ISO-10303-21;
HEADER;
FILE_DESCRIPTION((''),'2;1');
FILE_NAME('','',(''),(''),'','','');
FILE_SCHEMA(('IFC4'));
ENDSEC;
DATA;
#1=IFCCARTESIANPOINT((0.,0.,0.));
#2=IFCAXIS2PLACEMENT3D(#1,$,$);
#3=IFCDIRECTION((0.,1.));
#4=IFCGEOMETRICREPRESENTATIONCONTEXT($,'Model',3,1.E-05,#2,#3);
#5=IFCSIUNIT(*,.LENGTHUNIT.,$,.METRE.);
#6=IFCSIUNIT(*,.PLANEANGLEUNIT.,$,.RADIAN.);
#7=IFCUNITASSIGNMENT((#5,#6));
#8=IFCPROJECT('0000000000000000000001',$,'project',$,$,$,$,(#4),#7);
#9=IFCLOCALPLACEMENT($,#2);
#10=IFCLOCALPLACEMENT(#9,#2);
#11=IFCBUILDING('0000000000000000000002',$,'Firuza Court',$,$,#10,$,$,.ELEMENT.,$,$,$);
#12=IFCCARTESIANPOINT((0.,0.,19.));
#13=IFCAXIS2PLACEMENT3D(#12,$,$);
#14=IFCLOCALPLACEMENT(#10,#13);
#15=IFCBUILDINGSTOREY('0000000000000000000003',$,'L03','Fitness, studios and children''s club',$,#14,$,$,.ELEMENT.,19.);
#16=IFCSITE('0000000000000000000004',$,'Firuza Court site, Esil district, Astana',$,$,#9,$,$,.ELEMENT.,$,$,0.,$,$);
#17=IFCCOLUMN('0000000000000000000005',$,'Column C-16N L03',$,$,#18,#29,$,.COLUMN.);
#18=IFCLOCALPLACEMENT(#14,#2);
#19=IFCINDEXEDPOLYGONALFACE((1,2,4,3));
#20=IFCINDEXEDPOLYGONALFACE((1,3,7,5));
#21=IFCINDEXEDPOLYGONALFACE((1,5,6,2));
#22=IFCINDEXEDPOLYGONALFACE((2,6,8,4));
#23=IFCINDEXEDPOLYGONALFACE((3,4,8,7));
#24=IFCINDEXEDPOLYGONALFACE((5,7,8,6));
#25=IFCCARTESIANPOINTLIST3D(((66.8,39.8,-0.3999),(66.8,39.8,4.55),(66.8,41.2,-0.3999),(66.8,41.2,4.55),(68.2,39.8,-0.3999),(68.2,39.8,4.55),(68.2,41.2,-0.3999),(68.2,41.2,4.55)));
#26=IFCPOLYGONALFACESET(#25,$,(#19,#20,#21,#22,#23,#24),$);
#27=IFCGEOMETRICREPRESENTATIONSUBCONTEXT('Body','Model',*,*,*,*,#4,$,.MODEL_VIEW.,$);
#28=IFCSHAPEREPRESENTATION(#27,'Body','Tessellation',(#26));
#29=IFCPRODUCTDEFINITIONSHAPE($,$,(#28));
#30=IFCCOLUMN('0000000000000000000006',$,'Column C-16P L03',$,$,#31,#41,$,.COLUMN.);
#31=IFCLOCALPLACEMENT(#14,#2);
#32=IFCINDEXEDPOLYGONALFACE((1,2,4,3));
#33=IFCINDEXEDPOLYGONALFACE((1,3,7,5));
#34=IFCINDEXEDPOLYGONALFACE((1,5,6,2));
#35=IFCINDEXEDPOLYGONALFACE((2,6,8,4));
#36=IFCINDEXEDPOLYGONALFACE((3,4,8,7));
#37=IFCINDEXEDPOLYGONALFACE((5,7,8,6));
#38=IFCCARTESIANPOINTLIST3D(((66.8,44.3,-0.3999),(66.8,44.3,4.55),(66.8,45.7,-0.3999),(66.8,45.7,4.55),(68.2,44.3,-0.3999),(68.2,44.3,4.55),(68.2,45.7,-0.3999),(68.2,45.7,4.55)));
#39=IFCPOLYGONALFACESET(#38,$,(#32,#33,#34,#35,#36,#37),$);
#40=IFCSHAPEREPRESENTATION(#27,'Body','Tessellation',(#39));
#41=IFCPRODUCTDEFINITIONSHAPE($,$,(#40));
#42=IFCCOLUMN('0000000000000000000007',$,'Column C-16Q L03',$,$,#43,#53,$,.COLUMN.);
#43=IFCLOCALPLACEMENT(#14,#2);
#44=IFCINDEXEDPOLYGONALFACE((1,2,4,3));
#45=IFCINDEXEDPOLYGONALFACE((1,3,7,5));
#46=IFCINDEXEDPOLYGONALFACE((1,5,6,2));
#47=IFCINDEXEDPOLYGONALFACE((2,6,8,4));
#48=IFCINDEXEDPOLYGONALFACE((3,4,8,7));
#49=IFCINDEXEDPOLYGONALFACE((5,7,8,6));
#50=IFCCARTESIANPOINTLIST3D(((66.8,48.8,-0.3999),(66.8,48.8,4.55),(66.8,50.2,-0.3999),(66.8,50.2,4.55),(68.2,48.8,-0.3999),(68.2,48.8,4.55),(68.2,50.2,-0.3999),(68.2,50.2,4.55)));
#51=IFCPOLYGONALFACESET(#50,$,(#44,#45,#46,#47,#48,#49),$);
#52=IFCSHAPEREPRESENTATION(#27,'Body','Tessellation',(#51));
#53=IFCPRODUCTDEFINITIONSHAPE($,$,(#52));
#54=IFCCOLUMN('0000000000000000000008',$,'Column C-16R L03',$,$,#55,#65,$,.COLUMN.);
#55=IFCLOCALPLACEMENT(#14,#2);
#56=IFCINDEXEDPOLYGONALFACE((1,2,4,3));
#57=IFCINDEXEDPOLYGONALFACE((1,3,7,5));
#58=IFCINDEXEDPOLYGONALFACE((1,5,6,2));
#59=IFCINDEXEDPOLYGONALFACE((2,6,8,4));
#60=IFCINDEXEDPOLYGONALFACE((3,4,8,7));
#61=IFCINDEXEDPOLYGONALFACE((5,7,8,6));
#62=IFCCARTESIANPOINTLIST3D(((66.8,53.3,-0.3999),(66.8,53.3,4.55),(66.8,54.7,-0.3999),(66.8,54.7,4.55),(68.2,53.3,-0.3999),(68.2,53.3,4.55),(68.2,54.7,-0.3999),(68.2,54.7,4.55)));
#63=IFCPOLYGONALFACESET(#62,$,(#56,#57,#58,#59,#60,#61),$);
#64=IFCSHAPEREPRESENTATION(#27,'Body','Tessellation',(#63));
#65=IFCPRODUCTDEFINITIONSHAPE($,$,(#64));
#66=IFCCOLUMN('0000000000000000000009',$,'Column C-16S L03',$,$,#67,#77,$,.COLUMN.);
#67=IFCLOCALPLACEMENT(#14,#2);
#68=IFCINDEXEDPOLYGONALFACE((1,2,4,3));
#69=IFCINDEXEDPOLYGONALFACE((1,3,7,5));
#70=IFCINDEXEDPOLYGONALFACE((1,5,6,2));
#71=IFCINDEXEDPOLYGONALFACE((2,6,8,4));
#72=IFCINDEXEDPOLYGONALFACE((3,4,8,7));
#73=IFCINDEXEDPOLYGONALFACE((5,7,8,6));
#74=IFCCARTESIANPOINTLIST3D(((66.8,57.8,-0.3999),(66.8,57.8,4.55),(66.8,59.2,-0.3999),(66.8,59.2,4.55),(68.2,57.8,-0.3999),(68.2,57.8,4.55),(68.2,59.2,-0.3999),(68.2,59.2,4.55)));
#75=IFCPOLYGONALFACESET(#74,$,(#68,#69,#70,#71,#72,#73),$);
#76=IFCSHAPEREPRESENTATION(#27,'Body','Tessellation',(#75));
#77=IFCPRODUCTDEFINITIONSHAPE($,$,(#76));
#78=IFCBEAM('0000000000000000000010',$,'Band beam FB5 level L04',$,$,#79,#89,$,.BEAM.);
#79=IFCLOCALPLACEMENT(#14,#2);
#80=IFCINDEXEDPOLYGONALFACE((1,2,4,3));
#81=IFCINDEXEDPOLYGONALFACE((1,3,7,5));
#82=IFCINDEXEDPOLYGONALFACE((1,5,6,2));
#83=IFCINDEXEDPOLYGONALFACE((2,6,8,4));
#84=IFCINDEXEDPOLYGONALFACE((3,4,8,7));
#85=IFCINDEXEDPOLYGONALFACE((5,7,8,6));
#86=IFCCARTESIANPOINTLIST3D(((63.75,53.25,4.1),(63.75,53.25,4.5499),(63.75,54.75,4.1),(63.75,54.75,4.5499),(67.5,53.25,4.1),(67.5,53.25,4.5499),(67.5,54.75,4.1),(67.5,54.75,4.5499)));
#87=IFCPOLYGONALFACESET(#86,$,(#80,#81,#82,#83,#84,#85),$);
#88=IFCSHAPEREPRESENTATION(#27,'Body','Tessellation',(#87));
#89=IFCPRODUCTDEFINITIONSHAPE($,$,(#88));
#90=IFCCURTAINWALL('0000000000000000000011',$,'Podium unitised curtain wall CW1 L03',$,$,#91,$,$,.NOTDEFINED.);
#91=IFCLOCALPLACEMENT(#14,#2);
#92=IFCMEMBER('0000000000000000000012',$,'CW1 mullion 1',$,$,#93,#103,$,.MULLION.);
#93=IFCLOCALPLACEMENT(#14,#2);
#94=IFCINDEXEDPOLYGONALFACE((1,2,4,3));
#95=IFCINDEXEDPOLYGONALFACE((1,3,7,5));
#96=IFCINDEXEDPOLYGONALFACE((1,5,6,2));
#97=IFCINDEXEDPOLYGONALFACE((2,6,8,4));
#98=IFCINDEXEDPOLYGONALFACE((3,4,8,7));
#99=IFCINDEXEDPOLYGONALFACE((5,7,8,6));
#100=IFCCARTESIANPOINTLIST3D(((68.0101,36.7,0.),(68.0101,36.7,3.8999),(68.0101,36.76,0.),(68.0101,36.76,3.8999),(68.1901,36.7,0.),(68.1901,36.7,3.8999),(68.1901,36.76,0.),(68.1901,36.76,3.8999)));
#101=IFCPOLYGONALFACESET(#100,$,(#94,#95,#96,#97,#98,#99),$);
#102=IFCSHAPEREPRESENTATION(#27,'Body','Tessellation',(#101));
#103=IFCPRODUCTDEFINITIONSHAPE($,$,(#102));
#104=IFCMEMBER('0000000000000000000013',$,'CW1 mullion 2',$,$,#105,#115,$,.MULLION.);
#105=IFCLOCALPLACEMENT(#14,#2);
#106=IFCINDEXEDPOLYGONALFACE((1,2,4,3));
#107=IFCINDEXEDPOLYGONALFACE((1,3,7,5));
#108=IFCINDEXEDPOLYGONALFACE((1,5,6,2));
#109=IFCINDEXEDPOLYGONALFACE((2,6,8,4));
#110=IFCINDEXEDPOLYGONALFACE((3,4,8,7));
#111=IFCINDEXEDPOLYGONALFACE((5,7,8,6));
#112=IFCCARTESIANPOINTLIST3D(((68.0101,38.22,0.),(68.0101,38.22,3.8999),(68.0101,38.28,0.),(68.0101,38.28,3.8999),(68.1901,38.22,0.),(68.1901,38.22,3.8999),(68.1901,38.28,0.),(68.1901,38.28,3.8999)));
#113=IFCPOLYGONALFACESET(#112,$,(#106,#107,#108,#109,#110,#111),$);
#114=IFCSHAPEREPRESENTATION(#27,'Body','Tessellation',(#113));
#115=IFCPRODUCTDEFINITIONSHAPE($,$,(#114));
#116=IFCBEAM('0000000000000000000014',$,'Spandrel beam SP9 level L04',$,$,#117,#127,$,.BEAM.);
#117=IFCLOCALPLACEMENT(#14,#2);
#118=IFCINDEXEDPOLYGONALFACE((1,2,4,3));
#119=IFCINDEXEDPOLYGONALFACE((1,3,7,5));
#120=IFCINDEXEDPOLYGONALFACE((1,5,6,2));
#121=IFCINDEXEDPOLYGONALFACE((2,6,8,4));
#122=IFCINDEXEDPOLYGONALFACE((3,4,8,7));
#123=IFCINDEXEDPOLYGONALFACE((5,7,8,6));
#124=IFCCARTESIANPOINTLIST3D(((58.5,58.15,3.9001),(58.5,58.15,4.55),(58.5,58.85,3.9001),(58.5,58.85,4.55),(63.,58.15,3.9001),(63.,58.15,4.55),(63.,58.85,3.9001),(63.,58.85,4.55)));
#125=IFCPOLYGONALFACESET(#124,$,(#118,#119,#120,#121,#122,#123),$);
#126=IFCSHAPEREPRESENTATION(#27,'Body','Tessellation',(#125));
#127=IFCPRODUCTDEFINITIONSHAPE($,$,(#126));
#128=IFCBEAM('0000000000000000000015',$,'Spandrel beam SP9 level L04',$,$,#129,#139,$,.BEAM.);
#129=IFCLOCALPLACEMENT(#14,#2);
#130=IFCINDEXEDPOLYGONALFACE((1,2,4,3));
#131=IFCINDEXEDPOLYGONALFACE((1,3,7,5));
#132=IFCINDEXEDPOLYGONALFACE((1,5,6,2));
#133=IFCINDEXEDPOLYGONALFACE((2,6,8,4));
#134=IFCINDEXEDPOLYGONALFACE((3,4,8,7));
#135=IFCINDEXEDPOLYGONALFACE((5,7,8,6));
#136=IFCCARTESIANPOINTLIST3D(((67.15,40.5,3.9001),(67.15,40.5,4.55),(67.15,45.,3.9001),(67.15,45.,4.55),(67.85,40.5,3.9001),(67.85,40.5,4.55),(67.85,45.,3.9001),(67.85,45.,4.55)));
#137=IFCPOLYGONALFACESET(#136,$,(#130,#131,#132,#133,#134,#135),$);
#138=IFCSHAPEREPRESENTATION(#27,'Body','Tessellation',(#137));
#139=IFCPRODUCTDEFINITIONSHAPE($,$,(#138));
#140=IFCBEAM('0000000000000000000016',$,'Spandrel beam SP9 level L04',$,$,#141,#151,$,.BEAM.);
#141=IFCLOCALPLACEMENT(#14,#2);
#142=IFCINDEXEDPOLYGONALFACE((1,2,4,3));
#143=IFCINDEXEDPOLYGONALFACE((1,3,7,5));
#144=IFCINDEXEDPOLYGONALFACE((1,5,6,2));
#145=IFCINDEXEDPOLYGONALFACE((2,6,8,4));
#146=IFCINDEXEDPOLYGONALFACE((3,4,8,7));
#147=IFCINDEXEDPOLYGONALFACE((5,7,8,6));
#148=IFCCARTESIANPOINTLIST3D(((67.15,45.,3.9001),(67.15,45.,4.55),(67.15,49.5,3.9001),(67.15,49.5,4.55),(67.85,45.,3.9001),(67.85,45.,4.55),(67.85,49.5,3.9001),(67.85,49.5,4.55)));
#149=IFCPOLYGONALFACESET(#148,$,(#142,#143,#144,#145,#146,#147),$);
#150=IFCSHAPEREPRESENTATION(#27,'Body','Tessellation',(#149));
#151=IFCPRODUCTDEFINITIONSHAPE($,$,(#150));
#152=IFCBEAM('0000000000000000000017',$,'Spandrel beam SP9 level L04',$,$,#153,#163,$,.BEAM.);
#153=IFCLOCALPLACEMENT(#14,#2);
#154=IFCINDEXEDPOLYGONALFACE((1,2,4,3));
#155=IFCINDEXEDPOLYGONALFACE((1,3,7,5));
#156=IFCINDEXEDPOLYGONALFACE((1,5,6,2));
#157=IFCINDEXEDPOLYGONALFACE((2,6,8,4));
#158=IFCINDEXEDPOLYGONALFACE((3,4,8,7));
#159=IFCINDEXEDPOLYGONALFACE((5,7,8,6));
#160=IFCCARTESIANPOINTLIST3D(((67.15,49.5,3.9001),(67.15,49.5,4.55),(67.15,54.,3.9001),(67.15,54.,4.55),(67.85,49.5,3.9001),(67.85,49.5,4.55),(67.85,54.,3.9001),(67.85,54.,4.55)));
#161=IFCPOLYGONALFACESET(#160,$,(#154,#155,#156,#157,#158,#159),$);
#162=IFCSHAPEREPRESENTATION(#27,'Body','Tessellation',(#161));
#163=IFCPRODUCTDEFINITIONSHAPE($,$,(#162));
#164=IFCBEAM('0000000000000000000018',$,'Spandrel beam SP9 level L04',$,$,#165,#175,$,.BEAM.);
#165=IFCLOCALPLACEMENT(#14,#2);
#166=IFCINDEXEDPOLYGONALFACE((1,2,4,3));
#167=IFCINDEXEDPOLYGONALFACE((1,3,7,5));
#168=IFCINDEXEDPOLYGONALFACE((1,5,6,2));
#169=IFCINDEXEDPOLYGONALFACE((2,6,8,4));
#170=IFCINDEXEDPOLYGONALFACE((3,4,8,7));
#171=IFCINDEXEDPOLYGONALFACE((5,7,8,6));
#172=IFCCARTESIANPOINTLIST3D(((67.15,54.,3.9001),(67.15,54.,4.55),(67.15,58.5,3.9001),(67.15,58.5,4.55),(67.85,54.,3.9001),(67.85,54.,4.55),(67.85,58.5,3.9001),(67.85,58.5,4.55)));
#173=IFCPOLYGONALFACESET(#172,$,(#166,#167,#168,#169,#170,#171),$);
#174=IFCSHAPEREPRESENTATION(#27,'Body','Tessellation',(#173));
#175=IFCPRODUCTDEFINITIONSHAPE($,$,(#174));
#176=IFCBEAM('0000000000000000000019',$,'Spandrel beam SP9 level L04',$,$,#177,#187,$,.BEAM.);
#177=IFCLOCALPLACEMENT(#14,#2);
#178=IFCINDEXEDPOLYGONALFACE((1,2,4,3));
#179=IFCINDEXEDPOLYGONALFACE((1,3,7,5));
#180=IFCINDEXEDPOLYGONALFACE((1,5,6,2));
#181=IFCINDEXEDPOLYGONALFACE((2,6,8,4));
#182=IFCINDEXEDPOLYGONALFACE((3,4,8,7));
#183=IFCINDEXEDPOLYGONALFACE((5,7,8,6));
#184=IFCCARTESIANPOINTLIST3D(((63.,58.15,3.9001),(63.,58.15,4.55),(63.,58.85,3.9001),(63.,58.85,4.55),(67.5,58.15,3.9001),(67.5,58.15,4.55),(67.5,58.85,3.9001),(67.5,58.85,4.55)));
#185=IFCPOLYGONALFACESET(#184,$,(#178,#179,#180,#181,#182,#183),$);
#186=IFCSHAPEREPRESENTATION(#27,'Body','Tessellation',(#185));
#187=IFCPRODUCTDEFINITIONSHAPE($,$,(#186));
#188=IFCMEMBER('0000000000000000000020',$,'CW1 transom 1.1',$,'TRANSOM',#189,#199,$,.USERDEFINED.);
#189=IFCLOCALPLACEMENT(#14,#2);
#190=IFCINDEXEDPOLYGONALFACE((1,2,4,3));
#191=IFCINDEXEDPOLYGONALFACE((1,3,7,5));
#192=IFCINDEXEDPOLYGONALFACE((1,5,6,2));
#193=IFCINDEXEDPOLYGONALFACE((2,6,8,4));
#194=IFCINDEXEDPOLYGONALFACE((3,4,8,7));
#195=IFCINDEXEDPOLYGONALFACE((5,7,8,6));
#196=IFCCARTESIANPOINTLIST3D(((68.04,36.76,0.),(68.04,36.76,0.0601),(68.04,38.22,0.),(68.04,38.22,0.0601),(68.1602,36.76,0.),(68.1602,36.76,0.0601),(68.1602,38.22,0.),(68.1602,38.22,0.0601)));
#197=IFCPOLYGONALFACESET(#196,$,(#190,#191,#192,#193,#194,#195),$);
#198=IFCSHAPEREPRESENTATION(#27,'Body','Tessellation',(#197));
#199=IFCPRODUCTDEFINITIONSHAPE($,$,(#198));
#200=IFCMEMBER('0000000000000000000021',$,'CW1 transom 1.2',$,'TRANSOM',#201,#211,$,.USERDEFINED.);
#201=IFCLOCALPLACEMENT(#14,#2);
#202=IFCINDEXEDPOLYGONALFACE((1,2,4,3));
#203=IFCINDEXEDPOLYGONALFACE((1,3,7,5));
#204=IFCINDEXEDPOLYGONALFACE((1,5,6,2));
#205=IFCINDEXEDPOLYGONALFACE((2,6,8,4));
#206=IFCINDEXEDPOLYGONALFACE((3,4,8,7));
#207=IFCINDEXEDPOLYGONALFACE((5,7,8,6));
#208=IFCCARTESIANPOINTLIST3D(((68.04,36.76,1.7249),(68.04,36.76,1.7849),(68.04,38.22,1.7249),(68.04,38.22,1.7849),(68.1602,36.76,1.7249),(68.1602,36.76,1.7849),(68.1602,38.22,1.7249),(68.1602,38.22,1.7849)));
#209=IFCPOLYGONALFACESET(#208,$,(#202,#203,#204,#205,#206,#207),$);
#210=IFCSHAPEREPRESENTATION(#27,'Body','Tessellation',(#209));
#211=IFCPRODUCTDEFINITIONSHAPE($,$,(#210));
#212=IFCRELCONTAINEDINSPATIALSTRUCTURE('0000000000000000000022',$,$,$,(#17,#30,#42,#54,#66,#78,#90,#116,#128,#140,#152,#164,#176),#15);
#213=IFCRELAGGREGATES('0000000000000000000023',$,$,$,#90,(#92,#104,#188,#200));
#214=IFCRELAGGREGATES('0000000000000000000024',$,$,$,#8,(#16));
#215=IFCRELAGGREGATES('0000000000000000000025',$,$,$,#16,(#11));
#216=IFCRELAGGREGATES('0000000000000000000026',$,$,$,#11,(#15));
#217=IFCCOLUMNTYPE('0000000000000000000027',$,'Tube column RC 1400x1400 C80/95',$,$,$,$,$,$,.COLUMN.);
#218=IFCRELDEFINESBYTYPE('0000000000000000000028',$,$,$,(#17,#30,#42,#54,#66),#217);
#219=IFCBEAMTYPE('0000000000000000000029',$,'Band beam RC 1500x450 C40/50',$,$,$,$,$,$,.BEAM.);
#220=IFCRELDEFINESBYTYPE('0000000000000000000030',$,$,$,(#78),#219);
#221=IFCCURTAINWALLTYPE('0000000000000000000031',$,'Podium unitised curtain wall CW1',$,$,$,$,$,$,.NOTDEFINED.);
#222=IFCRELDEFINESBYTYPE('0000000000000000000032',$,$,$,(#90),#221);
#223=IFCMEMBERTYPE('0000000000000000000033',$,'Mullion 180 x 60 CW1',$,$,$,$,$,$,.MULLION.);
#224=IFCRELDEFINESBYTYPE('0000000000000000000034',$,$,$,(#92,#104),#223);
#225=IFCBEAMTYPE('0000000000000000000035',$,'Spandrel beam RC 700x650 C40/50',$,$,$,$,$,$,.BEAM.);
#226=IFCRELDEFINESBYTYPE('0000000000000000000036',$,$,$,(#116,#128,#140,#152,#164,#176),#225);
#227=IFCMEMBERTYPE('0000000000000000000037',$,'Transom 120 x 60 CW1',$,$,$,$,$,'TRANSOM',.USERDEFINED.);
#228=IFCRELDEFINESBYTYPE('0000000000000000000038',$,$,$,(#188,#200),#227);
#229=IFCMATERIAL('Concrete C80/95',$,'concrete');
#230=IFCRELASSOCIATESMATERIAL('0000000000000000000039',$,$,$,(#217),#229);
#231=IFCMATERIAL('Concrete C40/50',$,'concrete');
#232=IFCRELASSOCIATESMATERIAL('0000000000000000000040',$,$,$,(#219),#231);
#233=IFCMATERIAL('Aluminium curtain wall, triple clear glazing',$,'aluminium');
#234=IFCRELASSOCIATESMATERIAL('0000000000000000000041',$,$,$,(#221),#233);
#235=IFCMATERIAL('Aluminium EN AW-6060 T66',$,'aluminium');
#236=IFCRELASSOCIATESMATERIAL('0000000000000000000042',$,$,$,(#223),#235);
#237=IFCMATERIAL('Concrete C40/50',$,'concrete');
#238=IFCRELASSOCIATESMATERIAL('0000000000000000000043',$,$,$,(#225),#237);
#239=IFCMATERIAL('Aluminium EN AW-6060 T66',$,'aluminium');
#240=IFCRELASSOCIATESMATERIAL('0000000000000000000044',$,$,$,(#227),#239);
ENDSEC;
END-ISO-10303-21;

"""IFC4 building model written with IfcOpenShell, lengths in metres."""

from ifc_helpers import new_model, si_unit, direction, frame, origin, origin_2d, place, context, subcontext, project, spatial, rectangle, extrude, material, material_profile, profile_set, type_object, element, aggregate, save


model = new_model("IFC4")

# Units and contexts
model_context = context("Model", 3, precision=1e-05, world=origin(), true_north=direction((0.0, 1.0)))
body_context = subcontext(model_context, "Body", "Model", "MODEL_VIEW")
ifc_project = project(units=[si_unit("LENGTHUNIT", "METRE"), si_unit("PLANEANGLEUNIT", "RADIAN")], contexts=[model_context])

# Site, building, storey
site_placement = place(None, origin())
site = spatial("IfcSite", under=ifc_project, at=site_placement, Name="Firuza Court site, Esil district, Astana", CompositionType="ELEMENT", RefElevation=0.0)
building_placement = place(site_placement, origin())
building = spatial("IfcBuilding", under=site, at=building_placement, Name="Firuza Court", CompositionType="ELEMENT")
storey_placement = place(building_placement, frame((0.0, 0.0, 19.0)))
storey = spatial("IfcBuildingStorey", under=building, at=storey_placement, Name="L03", Description="Fitness, studios and children's club", CompositionType="ELEMENT", Elevation=19.0)

# Columns
ifc_material_1 = material(Name="Concrete C80/95", Category="concrete")
ifc_material_profile_1 = material_profile(ifc_material_1, rectangle(XDim=1.3999, YDim=1.3999, at=origin_2d()), Name="RC 1400x1400")
ifc_profile_set_1 = profile_set([ifc_material_profile_1], Name="Concrete C80/95")
column_type = type_object("IfcColumnType", Name="Tube column RC 1400x1400 C80/95", PredefinedType="COLUMN", material=ifc_profile_set_1)
for number, where, z_axis, x_axis, name in (
    (1, (67.5, 40.5, -0.3999), (0.0, 0.0, 1.0), (1.0, 0.0, 0.0), "Column C-16N L03"),
    (2, (67.5, 45.0, -0.3999), (0.0, 0.0, 1.0), (1.0, 0.0, 0.0), "Column C-16P L03"),
    (3, (67.5, 49.5, -0.3999), (0.0, 0.0, 1.0), (1.0, 0.0, 0.0), "Column C-16Q L03"),
    (4, (67.5, 54.0, -0.3999), (0.0, 0.0, 1.0), (1.0, 0.0, 0.0), "Column C-16R L03"),
    (5, (67.5, 58.5, -0.3999), (0.0, 0.0, 1.0), (1.0, 0.0, 0.0), "Column C-16S L03"),
):
    element("IfcColumn", number, at=place(storey_placement, frame(where, z_axis=z_axis, x_axis=x_axis)), inside=storey, type_object=column_type, Name=name, PredefinedType="COLUMN", context=body_context, shape_type="SweptSolid", body=[
        extrude(rectangle(XDim=1.3999, YDim=1.3999, at=origin_2d()), origin(), (0.0, 0.0, 1.0), 4.95),
    ])

# Beam
ifc_material_2 = material(Name="Concrete C40/50", Category="concrete")
ifc_material_profile_2 = material_profile(ifc_material_2, rectangle(XDim=1.5, YDim=0.45, at=origin_2d()), Name="RC 1500x450")
ifc_profile_set_2 = profile_set([ifc_material_profile_2], Name="Concrete C40/50")
beam_type_1 = type_object("IfcBeamType", Name="Band beam RC 1500x450 C40/50", PredefinedType="BEAM", material=ifc_profile_set_2)
beam_placement = place(storey_placement, frame((67.5, 54.0, 4.325), z_axis=(-1.0, 0.0, 0.0), x_axis=(0.0, -1.0, 0.0)))
element("IfcBeam", 6, at=beam_placement, inside=storey, type_object=beam_type_1, Name="Band beam FB5 level L04", PredefinedType="BEAM", context=body_context, shape_type="SweptSolid", body=[
    extrude(rectangle(XDim=1.5, YDim=0.45, at=origin_2d()), origin(), (0.0, 0.0, 1.0), 3.75),
])

# Curtain wall, members
ifc_material_3 = material(Name="Aluminium curtain wall, triple clear glazing", Category="aluminium")
curtain_wall_type = type_object("IfcCurtainWallType", Name="Podium unitised curtain wall CW1", PredefinedType="NOTDEFINED", material=ifc_material_3)
curtain_wall_placement = place(storey_placement, origin())
curtain_wall = element("IfcCurtainWall", 7, at=curtain_wall_placement, inside=storey, type_object=curtain_wall_type, Name="Podium unitised curtain wall CW1 L03", PredefinedType="NOTDEFINED")
ifc_material_4 = material(Name="Aluminium EN AW-6060 T66", Category="aluminium")
ifc_material_profile_3 = material_profile(ifc_material_4, rectangle(XDim=0.1799, YDim=0.0601, at=origin_2d()), Name="Mullion 180 x 60 CW1")
ifc_profile_set_3 = profile_set([ifc_material_profile_3], Name="Aluminium EN AW-6060 T66")
member_type_1 = type_object("IfcMemberType", Name="Mullion 180 x 60 CW1", PredefinedType="MULLION", material=ifc_profile_set_3)
member_1_placement = place(storey_placement, frame((68.1001, 36.73, 0.0), z_axis=(0.0, 0.0, 1.0), x_axis=(-1.0, 0.0, 0.0)))
member_1 = element("IfcMember", 8, at=member_1_placement, type_object=member_type_1, Name="CW1 mullion 1", PredefinedType="MULLION", context=body_context, shape_type="SweptSolid", body=[
    extrude(rectangle(XDim=0.1799, YDim=0.0601, at=origin_2d()), origin(), (0.0, 0.0, 1.0), 3.8999),
])
member_2_placement = place(storey_placement, frame((68.1001, 38.25, 0.0), z_axis=(0.0, 0.0, 1.0), x_axis=(-1.0, 0.0, 0.0)))
member_2 = element("IfcMember", 9, at=member_2_placement, type_object=member_type_1, Name="CW1 mullion 2", PredefinedType="MULLION", context=body_context, shape_type="SweptSolid", body=[
    extrude(rectangle(XDim=0.1799, YDim=0.0601, at=origin_2d()), origin(), (0.0, 0.0, 1.0), 3.8999),
])

# Beams
ifc_material_5 = material(Name="Concrete C40/50", Category="concrete")
ifc_material_profile_4 = material_profile(ifc_material_5, rectangle(XDim=0.7, YDim=0.6499, at=origin_2d()), Name="RC 700x650")
ifc_profile_set_4 = profile_set([ifc_material_profile_4], Name="Concrete C40/50")
beam_type_2 = type_object("IfcBeamType", Name="Spandrel beam RC 700x650 C40/50", PredefinedType="BEAM", material=ifc_profile_set_4)
for number, where, z_axis, x_axis, name in (
    (10, (63.0, 58.5, 4.2251), (-1.0, 0.0, 0.0), (0.0, -1.0, 0.0), "Spandrel beam SP9 level L04"),
    (11, (67.5, 40.5, 4.2251), (0.0, 1.0, 0.0), (-1.0, 0.0, 0.0), "Spandrel beam SP9 level L04"),
    (12, (67.5, 45.0, 4.2251), (0.0, 1.0, 0.0), (-1.0, 0.0, 0.0), "Spandrel beam SP9 level L04"),
    (13, (67.5, 49.5, 4.2251), (0.0, 1.0, 0.0), (-1.0, 0.0, 0.0), "Spandrel beam SP9 level L04"),
    (14, (67.5, 54.0, 4.2251), (0.0, 1.0, 0.0), (-1.0, 0.0, 0.0), "Spandrel beam SP9 level L04"),
    (15, (67.5, 58.5, 4.2251), (-1.0, 0.0, 0.0), (0.0, -1.0, 0.0), "Spandrel beam SP9 level L04"),
):
    element("IfcBeam", number, at=place(storey_placement, frame(where, z_axis=z_axis, x_axis=x_axis)), inside=storey, type_object=beam_type_2, Name=name, PredefinedType="BEAM", context=body_context, shape_type="SweptSolid", body=[
        extrude(rectangle(XDim=0.7, YDim=0.6499, at=origin_2d()), origin(), (0.0, 0.0, 1.0), 4.5),
    ])

# Members
ifc_material_6 = material(Name="Aluminium EN AW-6060 T66", Category="aluminium")
ifc_material_profile_5 = material_profile(ifc_material_6, rectangle(XDim=0.1201, YDim=0.0601, at=origin_2d()), Name="Transom 120 x 60 CW1")
ifc_profile_set_5 = profile_set([ifc_material_profile_5], Name="Aluminium EN AW-6060 T66")
member_type_2 = type_object("IfcMemberType", Name="Transom 120 x 60 CW1", ElementType="TRANSOM", PredefinedType="USERDEFINED", material=ifc_profile_set_5)
member_3_placement = place(storey_placement, frame((68.1001, 36.76, 0.03), z_axis=(0.0, 1.0, 0.0), x_axis=(-1.0, 0.0, 0.0)))
member_3 = element("IfcMember", 16, at=member_3_placement, type_object=member_type_2, Name="CW1 transom 1.1", ObjectType="TRANSOM", PredefinedType="USERDEFINED", context=body_context, shape_type="SweptSolid", body=[
    extrude(rectangle(XDim=0.1201, YDim=0.0601, at=origin_2d()), origin(), (0.0, 0.0, 1.0), 1.46),
])
member_4_placement = place(storey_placement, frame((68.1001, 36.76, 1.7549), z_axis=(0.0, 1.0, 0.0), x_axis=(-1.0, 0.0, 0.0)))
member_4 = element("IfcMember", 17, at=member_4_placement, type_object=member_type_2, Name="CW1 transom 1.2", ObjectType="TRANSOM", PredefinedType="USERDEFINED", context=body_context, shape_type="SweptSolid", body=[
    extrude(rectangle(XDim=0.1201, YDim=0.0601, at=origin_2d()), origin(), (0.0, 0.0, 1.0), 1.46),
])

aggregate(curtain_wall, [member_1, member_2, member_3, member_4])

save(model, "model.ifc")
